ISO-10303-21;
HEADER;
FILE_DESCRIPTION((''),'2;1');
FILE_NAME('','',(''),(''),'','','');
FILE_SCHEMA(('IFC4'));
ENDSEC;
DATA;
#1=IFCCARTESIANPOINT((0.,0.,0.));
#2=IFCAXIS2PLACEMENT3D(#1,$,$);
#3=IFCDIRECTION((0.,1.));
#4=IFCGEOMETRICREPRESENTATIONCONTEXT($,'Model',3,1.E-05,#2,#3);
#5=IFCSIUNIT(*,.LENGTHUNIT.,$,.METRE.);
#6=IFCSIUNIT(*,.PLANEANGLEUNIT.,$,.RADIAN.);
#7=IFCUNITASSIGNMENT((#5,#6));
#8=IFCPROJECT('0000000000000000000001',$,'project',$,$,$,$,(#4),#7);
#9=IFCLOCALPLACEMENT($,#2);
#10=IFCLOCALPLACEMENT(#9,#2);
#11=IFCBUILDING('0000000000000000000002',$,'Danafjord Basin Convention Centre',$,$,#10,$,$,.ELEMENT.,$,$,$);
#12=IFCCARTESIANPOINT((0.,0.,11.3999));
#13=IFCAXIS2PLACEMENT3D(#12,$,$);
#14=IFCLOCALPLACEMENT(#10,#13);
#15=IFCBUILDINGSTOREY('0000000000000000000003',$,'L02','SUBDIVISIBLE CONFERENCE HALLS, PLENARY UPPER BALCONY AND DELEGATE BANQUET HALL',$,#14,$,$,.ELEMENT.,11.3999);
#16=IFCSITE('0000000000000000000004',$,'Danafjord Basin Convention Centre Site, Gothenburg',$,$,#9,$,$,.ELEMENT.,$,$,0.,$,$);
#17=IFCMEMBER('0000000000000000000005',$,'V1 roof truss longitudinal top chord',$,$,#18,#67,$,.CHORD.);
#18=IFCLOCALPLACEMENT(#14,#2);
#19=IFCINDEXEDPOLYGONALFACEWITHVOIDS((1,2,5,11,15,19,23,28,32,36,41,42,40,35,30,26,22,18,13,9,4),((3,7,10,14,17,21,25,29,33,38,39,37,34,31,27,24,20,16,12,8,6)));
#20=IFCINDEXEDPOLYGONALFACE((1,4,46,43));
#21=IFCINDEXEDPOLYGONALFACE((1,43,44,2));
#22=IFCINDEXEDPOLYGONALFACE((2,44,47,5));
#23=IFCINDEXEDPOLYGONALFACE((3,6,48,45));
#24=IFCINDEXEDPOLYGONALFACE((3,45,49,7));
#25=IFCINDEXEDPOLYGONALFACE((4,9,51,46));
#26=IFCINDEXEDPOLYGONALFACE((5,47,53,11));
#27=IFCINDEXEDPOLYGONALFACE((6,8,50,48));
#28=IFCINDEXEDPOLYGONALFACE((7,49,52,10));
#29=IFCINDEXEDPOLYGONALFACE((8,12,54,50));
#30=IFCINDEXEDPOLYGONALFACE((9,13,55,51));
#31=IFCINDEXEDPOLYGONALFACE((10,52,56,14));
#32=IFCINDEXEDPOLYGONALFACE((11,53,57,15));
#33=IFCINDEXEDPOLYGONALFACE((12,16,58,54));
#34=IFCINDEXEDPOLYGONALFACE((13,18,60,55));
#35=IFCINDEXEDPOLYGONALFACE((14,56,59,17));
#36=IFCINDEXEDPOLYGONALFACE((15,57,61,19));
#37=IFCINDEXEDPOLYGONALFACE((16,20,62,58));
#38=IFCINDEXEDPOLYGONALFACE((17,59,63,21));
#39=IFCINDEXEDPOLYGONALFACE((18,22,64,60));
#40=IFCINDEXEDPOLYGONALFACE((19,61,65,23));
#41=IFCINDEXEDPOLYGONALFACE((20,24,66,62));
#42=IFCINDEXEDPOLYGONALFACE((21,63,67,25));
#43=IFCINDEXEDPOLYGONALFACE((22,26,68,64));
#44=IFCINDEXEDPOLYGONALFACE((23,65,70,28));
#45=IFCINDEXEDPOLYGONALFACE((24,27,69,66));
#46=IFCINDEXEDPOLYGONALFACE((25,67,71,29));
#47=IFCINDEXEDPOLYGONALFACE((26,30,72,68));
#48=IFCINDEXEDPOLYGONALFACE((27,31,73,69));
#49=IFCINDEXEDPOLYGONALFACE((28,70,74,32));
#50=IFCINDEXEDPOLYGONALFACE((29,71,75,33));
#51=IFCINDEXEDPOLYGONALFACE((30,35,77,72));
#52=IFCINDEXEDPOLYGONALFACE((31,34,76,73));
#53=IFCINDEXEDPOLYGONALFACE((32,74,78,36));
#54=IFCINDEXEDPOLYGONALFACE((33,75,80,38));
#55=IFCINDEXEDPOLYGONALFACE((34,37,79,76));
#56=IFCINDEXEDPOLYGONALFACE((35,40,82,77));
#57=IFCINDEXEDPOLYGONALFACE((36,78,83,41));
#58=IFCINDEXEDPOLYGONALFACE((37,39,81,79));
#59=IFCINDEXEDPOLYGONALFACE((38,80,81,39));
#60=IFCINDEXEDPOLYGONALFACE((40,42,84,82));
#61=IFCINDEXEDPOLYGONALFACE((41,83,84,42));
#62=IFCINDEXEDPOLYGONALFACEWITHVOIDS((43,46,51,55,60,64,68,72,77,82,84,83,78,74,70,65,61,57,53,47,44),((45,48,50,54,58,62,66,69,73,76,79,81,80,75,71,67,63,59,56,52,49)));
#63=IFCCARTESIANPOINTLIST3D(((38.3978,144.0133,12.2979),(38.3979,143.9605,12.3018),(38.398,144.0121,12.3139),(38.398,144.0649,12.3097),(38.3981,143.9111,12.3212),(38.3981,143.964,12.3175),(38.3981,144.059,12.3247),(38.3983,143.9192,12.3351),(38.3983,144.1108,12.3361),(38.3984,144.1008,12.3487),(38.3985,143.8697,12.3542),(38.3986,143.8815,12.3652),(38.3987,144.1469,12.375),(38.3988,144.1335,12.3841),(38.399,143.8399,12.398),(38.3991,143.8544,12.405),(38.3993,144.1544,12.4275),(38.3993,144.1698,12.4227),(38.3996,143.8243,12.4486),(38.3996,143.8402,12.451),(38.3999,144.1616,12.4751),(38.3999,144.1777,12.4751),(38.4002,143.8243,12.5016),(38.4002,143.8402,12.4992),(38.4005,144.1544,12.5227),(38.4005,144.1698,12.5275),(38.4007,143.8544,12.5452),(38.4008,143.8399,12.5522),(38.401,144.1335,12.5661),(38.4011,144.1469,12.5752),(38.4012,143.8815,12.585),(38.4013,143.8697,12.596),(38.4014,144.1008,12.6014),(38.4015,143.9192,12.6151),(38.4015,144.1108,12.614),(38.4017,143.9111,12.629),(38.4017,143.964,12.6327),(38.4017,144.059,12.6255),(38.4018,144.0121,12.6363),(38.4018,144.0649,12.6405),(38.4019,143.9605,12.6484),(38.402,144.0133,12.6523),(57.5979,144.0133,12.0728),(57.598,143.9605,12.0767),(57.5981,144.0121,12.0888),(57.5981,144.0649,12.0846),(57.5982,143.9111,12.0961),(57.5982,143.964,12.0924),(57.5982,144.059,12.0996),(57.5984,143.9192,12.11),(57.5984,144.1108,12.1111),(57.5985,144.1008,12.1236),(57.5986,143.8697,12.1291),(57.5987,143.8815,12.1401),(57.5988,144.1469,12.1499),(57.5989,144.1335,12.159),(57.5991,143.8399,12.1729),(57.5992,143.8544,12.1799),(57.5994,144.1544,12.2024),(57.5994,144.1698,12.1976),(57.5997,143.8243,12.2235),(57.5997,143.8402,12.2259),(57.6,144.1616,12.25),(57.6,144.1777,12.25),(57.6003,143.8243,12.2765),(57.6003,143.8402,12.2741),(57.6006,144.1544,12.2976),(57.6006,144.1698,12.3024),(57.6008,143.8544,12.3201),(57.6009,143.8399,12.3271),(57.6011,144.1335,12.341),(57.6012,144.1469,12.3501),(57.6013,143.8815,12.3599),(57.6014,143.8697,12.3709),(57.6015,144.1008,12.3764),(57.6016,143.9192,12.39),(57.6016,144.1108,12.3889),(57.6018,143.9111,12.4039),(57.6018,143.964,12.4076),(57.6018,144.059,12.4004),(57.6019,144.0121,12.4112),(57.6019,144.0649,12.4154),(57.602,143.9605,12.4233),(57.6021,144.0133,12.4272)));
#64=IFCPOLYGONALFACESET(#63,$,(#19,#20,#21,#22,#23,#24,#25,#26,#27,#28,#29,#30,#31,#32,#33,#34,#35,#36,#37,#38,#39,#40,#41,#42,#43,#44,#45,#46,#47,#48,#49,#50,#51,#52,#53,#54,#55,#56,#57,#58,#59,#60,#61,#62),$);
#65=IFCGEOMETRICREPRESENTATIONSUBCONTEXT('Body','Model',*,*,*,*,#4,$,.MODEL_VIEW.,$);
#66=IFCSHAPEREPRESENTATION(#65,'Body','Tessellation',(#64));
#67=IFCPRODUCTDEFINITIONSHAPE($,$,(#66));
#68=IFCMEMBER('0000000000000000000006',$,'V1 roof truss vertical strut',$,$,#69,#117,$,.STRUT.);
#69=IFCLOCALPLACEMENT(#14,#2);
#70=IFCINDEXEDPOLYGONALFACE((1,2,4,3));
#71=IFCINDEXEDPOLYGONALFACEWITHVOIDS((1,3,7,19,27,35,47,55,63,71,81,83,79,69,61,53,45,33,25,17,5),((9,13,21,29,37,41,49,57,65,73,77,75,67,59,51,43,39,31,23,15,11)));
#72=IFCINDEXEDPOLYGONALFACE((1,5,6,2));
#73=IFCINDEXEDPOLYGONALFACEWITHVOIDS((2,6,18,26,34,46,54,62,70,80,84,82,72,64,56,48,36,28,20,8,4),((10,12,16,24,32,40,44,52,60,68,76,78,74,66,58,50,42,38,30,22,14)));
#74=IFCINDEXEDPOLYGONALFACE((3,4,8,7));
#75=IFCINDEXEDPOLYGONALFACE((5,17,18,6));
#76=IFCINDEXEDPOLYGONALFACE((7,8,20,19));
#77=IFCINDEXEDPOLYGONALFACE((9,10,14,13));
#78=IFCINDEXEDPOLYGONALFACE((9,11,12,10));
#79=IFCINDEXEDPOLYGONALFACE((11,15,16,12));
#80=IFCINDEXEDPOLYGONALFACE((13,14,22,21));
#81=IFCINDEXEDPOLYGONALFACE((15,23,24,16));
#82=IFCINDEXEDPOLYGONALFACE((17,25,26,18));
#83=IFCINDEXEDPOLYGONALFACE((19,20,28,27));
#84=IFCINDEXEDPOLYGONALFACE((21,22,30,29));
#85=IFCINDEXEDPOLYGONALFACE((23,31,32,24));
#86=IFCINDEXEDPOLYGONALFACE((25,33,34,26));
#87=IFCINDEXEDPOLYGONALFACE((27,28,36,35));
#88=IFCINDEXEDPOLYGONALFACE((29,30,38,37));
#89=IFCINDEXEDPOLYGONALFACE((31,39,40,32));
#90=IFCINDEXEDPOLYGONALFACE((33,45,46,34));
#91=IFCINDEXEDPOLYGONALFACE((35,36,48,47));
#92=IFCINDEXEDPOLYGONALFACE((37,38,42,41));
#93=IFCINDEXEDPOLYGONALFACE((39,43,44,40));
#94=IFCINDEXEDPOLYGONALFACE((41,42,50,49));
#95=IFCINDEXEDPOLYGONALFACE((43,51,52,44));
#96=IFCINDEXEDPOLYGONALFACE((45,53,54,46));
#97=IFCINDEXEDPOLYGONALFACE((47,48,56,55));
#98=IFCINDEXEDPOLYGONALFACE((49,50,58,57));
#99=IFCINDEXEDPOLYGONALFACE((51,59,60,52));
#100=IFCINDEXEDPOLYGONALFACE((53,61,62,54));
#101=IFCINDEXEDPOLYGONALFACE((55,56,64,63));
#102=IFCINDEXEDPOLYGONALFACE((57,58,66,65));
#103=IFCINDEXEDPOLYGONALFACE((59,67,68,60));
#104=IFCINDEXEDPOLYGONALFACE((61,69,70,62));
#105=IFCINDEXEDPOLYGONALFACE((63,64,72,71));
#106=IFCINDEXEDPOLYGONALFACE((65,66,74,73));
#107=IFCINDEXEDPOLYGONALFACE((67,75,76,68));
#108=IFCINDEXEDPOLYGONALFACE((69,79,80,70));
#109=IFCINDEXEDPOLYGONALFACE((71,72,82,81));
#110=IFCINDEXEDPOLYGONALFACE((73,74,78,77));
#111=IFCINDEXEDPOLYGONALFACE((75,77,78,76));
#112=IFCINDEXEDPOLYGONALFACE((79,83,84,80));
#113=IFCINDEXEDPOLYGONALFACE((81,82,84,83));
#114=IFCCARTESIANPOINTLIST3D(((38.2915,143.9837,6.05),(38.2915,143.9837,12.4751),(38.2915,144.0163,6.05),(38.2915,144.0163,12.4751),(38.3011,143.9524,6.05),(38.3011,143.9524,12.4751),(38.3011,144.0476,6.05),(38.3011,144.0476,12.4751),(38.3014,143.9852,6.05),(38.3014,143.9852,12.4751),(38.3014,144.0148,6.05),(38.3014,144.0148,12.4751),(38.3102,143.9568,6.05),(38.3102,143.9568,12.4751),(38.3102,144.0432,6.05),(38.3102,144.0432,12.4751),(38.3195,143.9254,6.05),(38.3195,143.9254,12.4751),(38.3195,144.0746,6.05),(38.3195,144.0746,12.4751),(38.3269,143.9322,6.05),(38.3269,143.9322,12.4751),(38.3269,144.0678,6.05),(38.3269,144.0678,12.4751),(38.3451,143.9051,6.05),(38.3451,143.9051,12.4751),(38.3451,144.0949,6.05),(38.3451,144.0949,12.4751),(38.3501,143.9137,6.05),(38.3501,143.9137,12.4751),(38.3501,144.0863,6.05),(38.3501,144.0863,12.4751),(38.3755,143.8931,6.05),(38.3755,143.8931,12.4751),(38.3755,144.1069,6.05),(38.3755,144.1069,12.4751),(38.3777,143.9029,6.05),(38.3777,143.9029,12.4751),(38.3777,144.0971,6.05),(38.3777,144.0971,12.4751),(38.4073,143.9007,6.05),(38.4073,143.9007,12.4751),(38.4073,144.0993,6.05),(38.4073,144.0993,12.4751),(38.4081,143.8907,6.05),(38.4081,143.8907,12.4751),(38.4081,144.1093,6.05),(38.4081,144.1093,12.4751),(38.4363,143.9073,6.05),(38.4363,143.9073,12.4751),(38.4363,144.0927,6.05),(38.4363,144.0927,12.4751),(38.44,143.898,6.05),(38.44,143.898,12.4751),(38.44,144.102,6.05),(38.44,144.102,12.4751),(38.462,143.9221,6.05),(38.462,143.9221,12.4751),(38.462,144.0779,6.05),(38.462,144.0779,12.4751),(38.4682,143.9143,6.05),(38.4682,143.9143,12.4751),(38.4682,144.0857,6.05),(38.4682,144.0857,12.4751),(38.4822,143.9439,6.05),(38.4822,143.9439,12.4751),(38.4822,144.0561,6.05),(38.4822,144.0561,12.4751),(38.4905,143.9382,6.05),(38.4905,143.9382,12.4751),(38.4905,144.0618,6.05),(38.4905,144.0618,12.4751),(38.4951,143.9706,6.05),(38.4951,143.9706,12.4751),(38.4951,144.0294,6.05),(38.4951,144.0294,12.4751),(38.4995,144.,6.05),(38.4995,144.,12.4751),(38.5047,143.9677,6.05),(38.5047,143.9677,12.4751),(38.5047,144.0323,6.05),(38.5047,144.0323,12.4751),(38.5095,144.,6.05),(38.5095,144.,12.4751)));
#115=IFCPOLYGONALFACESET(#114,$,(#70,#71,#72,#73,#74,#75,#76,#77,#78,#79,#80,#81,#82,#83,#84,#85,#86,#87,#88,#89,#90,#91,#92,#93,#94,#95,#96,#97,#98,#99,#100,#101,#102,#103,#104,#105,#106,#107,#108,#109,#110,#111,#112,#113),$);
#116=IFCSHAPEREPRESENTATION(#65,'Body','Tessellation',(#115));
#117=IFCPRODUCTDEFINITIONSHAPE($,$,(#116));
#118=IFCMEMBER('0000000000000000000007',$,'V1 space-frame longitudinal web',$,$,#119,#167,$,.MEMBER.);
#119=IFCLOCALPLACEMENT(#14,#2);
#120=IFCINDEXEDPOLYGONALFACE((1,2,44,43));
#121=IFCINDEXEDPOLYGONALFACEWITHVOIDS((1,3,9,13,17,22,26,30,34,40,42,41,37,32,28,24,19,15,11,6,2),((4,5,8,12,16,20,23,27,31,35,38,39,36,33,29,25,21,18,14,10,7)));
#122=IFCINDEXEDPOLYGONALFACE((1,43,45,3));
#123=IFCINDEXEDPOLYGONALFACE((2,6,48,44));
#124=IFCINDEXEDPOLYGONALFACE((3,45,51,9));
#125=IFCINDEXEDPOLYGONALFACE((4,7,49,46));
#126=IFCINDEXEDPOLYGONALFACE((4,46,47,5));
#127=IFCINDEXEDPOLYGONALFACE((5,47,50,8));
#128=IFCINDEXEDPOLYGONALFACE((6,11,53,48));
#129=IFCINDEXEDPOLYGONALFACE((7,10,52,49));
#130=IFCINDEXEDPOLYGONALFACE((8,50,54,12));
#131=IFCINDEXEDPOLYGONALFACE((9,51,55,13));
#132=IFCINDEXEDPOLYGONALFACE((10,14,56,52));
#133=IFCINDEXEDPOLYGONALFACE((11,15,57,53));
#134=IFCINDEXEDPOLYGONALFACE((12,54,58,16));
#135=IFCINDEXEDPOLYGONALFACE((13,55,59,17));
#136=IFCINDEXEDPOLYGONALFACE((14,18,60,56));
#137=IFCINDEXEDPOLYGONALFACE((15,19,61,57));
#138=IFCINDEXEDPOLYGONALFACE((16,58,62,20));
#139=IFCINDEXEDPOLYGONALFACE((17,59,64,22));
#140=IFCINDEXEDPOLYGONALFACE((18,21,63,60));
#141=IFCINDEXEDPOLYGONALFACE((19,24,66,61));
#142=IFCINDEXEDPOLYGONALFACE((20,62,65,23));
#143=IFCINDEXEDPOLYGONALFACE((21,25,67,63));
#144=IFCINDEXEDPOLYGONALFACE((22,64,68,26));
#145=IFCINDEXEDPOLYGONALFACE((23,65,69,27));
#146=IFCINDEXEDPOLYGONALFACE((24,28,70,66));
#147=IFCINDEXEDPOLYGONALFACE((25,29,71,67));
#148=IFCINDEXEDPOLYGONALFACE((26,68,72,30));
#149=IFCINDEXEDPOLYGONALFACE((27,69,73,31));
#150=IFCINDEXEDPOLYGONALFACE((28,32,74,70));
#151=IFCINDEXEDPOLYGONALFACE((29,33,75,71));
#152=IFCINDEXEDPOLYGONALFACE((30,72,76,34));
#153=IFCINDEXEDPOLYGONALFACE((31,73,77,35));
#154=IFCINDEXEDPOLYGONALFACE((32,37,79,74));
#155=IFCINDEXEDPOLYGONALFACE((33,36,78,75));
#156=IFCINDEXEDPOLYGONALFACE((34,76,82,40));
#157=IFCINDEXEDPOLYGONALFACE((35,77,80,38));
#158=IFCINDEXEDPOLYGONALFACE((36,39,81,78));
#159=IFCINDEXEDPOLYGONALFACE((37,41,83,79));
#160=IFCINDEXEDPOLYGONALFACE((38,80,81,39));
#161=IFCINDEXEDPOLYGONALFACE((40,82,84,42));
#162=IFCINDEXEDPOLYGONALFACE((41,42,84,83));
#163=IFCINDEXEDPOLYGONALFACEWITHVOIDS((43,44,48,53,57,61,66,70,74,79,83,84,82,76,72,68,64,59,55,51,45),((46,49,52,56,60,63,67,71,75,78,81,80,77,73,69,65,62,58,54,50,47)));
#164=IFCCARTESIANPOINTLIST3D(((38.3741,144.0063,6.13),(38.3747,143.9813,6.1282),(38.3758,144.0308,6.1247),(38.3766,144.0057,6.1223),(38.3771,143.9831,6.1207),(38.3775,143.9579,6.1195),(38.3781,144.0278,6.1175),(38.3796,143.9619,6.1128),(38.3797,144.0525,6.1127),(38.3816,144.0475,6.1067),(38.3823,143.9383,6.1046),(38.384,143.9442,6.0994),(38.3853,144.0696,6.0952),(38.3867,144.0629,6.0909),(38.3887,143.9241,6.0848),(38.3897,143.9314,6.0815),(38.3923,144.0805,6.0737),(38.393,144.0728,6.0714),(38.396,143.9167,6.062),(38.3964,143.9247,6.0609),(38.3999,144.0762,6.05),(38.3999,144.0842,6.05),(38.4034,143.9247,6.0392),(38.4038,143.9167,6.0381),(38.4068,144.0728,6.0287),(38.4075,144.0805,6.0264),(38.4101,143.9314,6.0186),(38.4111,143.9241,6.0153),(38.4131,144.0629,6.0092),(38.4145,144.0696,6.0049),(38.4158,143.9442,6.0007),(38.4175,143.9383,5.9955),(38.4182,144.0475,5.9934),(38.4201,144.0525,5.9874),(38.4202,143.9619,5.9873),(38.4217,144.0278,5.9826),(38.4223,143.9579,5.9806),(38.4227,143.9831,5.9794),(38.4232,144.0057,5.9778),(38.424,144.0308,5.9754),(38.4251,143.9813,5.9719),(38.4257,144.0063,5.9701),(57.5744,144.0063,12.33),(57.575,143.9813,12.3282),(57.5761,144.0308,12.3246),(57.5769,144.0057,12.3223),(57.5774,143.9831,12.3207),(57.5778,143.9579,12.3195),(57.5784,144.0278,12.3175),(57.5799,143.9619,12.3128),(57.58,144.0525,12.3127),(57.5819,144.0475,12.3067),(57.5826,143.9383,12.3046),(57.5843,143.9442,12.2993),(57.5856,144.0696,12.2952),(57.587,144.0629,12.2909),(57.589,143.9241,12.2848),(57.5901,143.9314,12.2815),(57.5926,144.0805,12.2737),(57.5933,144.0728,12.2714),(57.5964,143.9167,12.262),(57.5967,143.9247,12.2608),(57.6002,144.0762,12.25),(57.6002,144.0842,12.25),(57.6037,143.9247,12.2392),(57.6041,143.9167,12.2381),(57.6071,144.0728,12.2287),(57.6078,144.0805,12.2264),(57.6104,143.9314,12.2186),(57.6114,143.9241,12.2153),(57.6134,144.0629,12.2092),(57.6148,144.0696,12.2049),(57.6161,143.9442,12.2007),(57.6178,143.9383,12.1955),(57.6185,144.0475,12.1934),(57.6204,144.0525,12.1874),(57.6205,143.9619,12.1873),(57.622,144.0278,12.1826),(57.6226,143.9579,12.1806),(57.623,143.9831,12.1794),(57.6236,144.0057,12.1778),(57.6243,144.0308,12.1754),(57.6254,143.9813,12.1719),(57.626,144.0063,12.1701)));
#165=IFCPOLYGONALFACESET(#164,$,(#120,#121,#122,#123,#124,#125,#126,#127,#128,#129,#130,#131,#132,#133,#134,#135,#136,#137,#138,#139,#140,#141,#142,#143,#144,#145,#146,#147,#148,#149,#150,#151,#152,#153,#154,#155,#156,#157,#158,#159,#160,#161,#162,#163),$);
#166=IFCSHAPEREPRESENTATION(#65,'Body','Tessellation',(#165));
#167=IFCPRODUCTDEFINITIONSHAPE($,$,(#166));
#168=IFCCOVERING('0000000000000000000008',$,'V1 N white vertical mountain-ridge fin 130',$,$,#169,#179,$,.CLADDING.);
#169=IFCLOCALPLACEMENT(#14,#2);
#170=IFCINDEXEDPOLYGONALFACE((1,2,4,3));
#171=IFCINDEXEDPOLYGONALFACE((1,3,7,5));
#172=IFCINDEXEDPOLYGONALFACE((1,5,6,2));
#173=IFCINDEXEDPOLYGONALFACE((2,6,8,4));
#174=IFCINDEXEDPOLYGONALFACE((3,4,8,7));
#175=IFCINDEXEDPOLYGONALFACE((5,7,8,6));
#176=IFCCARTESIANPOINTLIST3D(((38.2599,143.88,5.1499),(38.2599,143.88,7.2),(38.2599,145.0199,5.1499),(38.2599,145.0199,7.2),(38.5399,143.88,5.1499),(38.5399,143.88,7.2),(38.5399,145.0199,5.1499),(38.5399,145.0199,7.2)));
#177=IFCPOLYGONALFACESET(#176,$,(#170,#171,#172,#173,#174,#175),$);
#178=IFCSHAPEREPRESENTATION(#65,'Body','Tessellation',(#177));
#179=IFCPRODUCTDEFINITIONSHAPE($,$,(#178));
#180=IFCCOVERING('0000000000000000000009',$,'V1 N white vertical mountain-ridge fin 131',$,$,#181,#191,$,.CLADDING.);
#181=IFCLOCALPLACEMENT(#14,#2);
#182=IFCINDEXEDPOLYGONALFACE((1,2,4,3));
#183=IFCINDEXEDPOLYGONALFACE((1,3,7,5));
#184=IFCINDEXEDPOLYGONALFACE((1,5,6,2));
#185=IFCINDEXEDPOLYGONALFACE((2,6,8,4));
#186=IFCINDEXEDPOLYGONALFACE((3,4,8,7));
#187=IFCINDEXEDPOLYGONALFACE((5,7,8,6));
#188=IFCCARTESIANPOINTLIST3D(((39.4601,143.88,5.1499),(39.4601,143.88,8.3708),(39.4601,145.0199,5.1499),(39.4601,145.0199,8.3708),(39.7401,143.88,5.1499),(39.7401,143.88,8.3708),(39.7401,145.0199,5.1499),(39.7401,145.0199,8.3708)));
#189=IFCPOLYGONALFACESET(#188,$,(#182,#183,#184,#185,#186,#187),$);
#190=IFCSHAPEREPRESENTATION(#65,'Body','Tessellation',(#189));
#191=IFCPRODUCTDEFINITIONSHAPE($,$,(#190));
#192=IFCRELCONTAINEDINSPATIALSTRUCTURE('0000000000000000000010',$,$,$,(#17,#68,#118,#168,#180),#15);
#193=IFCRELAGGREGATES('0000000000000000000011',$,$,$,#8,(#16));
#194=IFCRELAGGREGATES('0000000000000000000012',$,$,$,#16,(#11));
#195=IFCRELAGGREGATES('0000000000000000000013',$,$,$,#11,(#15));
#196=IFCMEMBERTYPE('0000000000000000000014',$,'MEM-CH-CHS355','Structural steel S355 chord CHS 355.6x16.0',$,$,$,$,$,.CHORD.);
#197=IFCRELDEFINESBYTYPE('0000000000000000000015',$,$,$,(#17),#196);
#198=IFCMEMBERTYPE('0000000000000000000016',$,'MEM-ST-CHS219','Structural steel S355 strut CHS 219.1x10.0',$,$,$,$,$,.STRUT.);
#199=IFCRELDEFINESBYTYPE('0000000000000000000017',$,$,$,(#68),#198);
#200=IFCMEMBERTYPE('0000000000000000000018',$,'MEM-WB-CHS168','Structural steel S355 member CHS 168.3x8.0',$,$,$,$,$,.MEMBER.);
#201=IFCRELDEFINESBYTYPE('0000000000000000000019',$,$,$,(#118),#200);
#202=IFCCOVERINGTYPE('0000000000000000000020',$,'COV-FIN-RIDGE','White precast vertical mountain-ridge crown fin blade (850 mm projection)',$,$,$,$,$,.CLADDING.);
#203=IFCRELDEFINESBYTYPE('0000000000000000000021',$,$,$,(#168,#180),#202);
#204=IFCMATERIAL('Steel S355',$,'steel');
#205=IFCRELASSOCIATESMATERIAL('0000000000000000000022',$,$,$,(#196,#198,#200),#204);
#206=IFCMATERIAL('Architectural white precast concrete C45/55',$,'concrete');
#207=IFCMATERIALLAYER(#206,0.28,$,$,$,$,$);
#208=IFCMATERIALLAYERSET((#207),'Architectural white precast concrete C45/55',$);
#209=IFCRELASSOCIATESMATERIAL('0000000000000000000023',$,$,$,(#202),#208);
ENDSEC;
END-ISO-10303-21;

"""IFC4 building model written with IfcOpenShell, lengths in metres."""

from ifc_helpers import new_model, si_unit, direction, frame, origin, origin_2d, place, context, subcontext, project, spatial, rectangle, hollow_circle, extrude, material, layer, layer_set, material_profile, profile_set, type_object, element, save


model = new_model("IFC4")

# Units and contexts
model_context = context("Model", 3, precision=1e-05, world=origin(), true_north=direction((0.0, 1.0)))
body_context = subcontext(model_context, "Body", "Model", "MODEL_VIEW")
ifc_project = project(units=[si_unit("LENGTHUNIT", "METRE"), si_unit("PLANEANGLEUNIT", "RADIAN")], contexts=[model_context])

# Site, building, storey
site_placement = place(None, origin())
site = spatial("IfcSite", under=ifc_project, at=site_placement, Name="Danafjord Basin Convention Centre Site, Gothenburg", CompositionType="ELEMENT", RefElevation=0.0)
building_placement = place(site_placement, origin())
building = spatial("IfcBuilding", under=site, at=building_placement, Name="Danafjord Basin Convention Centre", CompositionType="ELEMENT")
storey_placement = place(building_placement, frame((0.0, 0.0, 11.3999)))
storey = spatial("IfcBuildingStorey", under=building, at=storey_placement, Name="L02", Description="SUBDIVISIBLE CONFERENCE HALLS, PLENARY UPPER BALCONY AND DELEGATE BANQUET HALL", CompositionType="ELEMENT", Elevation=11.3999)

# Shared definitions
ifc_material_1 = material(Name="Steel S355", Category="steel")

# Members
ifc_material_profile_1 = material_profile(ifc_material_1, hollow_circle(Radius=0.1777, WallThickness=0.0161, at=origin_2d()), Name="CHS 355.6x16.0")
ifc_profile_set_1 = profile_set([ifc_material_profile_1], Name="Steel S355")
member_type_1 = type_object("IfcMemberType", Name="MEM-CH-CHS355", Description="Structural steel S355 chord CHS 355.6x16.0", PredefinedType="CHORD", material=ifc_profile_set_1)
member_1_placement = place(storey_placement, frame((38.3999, 144.0, 12.4751), z_axis=(0.999931, 0.0, -0.011723), x_axis=(0.0, 1.0, 0.0)))
element("IfcMember", 1, at=member_1_placement, inside=storey, type_object=member_type_1, Name="V1 roof truss longitudinal top chord", PredefinedType="CHORD", context=body_context, shape_type="SweptSolid", body=[
    extrude(hollow_circle(Radius=0.1777, WallThickness=0.0161, at=origin_2d()), origin(), (0.0, 0.0, 1.0), 19.2014),
])
ifc_material_profile_2 = material_profile(ifc_material_1, hollow_circle(Radius=0.1096, WallThickness=0.01, at=origin_2d()), Name="CHS 219.1x10.0")
ifc_profile_set_2 = profile_set([ifc_material_profile_2], Name="Steel S355")
member_type_2 = type_object("IfcMemberType", Name="MEM-ST-CHS219", Description="Structural steel S355 strut CHS 219.1x10.0", PredefinedType="STRUT", material=ifc_profile_set_2)
member_2_placement = place(storey_placement, frame((38.3999, 144.0, 6.05), z_axis=(0.0, 0.0, 1.0), x_axis=(1.0, 0.0, 0.0)))
element("IfcMember", 2, at=member_2_placement, inside=storey, type_object=member_type_2, Name="V1 roof truss vertical strut", PredefinedType="STRUT", context=body_context, shape_type="SweptSolid", body=[
    extrude(hollow_circle(Radius=0.1096, WallThickness=0.01, at=origin_2d()), origin(), (0.0, 0.0, 1.0), 6.425),
])
ifc_material_profile_3 = material_profile(ifc_material_1, hollow_circle(Radius=0.0842, WallThickness=0.0081, at=origin_2d()), Name="CHS 168.3x8.0")
ifc_profile_set_3 = profile_set([ifc_material_profile_3], Name="Steel S355")
member_type_3 = type_object("IfcMemberType", Name="MEM-WB-CHS168", Description="Structural steel S355 member CHS 168.3x8.0", PredefinedType="MEMBER", material=ifc_profile_set_3)
member_3_placement = place(storey_placement, frame((38.3999, 144.0, 6.05), z_axis=(0.951617, 0.0, 0.307287), x_axis=(0.0, 1.0, 0.0)))
element("IfcMember", 3, at=member_3_placement, inside=storey, type_object=member_type_3, Name="V1 space-frame longitudinal web", PredefinedType="MEMBER", context=body_context, shape_type="SweptSolid", body=[
    extrude(hollow_circle(Radius=0.0842, WallThickness=0.0081, at=origin_2d()), origin(), (0.0, 0.0, 1.0), 20.1765),
])

# Coverings
ifc_material_2 = material(Name="Architectural white precast concrete C45/55", Category="concrete")
ifc_layer = layer(ifc_material_2, 0.28)
ifc_layer_set = layer_set([ifc_layer], Name="Architectural white precast concrete C45/55")
covering_type = type_object("IfcCoveringType", Name="COV-FIN-RIDGE", Description="White precast vertical mountain-ridge crown fin blade (850 mm projection)", PredefinedType="CLADDING", material=ifc_layer_set)
covering_1_placement = place(storey_placement, frame((38.3999, 144.45, 5.1499), z_axis=(0.0, 0.0, 1.0), x_axis=(0.0, 1.0, 0.0)))
element("IfcCovering", 4, at=covering_1_placement, inside=storey, type_object=covering_type, Name="V1 N white vertical mountain-ridge fin 130", PredefinedType="CLADDING", context=body_context, shape_type="SweptSolid", body=[
    extrude(rectangle(XDim=1.1399, YDim=0.28, at=origin_2d()), origin(), (0.0, 0.0, 1.0), 2.05),
])
covering_2_placement = place(storey_placement, frame((39.6001, 144.45, 5.1499), z_axis=(0.0, 0.0, 1.0), x_axis=(0.0, 1.0, 0.0)))
element("IfcCovering", 5, at=covering_2_placement, inside=storey, type_object=covering_type, Name="V1 N white vertical mountain-ridge fin 131", PredefinedType="CLADDING", context=body_context, shape_type="SweptSolid", body=[
    extrude(rectangle(XDim=1.1399, YDim=0.28, at=origin_2d()), origin(), (0.0, 0.0, 1.0), 3.2209),
])

save(model, "model.ifc")
